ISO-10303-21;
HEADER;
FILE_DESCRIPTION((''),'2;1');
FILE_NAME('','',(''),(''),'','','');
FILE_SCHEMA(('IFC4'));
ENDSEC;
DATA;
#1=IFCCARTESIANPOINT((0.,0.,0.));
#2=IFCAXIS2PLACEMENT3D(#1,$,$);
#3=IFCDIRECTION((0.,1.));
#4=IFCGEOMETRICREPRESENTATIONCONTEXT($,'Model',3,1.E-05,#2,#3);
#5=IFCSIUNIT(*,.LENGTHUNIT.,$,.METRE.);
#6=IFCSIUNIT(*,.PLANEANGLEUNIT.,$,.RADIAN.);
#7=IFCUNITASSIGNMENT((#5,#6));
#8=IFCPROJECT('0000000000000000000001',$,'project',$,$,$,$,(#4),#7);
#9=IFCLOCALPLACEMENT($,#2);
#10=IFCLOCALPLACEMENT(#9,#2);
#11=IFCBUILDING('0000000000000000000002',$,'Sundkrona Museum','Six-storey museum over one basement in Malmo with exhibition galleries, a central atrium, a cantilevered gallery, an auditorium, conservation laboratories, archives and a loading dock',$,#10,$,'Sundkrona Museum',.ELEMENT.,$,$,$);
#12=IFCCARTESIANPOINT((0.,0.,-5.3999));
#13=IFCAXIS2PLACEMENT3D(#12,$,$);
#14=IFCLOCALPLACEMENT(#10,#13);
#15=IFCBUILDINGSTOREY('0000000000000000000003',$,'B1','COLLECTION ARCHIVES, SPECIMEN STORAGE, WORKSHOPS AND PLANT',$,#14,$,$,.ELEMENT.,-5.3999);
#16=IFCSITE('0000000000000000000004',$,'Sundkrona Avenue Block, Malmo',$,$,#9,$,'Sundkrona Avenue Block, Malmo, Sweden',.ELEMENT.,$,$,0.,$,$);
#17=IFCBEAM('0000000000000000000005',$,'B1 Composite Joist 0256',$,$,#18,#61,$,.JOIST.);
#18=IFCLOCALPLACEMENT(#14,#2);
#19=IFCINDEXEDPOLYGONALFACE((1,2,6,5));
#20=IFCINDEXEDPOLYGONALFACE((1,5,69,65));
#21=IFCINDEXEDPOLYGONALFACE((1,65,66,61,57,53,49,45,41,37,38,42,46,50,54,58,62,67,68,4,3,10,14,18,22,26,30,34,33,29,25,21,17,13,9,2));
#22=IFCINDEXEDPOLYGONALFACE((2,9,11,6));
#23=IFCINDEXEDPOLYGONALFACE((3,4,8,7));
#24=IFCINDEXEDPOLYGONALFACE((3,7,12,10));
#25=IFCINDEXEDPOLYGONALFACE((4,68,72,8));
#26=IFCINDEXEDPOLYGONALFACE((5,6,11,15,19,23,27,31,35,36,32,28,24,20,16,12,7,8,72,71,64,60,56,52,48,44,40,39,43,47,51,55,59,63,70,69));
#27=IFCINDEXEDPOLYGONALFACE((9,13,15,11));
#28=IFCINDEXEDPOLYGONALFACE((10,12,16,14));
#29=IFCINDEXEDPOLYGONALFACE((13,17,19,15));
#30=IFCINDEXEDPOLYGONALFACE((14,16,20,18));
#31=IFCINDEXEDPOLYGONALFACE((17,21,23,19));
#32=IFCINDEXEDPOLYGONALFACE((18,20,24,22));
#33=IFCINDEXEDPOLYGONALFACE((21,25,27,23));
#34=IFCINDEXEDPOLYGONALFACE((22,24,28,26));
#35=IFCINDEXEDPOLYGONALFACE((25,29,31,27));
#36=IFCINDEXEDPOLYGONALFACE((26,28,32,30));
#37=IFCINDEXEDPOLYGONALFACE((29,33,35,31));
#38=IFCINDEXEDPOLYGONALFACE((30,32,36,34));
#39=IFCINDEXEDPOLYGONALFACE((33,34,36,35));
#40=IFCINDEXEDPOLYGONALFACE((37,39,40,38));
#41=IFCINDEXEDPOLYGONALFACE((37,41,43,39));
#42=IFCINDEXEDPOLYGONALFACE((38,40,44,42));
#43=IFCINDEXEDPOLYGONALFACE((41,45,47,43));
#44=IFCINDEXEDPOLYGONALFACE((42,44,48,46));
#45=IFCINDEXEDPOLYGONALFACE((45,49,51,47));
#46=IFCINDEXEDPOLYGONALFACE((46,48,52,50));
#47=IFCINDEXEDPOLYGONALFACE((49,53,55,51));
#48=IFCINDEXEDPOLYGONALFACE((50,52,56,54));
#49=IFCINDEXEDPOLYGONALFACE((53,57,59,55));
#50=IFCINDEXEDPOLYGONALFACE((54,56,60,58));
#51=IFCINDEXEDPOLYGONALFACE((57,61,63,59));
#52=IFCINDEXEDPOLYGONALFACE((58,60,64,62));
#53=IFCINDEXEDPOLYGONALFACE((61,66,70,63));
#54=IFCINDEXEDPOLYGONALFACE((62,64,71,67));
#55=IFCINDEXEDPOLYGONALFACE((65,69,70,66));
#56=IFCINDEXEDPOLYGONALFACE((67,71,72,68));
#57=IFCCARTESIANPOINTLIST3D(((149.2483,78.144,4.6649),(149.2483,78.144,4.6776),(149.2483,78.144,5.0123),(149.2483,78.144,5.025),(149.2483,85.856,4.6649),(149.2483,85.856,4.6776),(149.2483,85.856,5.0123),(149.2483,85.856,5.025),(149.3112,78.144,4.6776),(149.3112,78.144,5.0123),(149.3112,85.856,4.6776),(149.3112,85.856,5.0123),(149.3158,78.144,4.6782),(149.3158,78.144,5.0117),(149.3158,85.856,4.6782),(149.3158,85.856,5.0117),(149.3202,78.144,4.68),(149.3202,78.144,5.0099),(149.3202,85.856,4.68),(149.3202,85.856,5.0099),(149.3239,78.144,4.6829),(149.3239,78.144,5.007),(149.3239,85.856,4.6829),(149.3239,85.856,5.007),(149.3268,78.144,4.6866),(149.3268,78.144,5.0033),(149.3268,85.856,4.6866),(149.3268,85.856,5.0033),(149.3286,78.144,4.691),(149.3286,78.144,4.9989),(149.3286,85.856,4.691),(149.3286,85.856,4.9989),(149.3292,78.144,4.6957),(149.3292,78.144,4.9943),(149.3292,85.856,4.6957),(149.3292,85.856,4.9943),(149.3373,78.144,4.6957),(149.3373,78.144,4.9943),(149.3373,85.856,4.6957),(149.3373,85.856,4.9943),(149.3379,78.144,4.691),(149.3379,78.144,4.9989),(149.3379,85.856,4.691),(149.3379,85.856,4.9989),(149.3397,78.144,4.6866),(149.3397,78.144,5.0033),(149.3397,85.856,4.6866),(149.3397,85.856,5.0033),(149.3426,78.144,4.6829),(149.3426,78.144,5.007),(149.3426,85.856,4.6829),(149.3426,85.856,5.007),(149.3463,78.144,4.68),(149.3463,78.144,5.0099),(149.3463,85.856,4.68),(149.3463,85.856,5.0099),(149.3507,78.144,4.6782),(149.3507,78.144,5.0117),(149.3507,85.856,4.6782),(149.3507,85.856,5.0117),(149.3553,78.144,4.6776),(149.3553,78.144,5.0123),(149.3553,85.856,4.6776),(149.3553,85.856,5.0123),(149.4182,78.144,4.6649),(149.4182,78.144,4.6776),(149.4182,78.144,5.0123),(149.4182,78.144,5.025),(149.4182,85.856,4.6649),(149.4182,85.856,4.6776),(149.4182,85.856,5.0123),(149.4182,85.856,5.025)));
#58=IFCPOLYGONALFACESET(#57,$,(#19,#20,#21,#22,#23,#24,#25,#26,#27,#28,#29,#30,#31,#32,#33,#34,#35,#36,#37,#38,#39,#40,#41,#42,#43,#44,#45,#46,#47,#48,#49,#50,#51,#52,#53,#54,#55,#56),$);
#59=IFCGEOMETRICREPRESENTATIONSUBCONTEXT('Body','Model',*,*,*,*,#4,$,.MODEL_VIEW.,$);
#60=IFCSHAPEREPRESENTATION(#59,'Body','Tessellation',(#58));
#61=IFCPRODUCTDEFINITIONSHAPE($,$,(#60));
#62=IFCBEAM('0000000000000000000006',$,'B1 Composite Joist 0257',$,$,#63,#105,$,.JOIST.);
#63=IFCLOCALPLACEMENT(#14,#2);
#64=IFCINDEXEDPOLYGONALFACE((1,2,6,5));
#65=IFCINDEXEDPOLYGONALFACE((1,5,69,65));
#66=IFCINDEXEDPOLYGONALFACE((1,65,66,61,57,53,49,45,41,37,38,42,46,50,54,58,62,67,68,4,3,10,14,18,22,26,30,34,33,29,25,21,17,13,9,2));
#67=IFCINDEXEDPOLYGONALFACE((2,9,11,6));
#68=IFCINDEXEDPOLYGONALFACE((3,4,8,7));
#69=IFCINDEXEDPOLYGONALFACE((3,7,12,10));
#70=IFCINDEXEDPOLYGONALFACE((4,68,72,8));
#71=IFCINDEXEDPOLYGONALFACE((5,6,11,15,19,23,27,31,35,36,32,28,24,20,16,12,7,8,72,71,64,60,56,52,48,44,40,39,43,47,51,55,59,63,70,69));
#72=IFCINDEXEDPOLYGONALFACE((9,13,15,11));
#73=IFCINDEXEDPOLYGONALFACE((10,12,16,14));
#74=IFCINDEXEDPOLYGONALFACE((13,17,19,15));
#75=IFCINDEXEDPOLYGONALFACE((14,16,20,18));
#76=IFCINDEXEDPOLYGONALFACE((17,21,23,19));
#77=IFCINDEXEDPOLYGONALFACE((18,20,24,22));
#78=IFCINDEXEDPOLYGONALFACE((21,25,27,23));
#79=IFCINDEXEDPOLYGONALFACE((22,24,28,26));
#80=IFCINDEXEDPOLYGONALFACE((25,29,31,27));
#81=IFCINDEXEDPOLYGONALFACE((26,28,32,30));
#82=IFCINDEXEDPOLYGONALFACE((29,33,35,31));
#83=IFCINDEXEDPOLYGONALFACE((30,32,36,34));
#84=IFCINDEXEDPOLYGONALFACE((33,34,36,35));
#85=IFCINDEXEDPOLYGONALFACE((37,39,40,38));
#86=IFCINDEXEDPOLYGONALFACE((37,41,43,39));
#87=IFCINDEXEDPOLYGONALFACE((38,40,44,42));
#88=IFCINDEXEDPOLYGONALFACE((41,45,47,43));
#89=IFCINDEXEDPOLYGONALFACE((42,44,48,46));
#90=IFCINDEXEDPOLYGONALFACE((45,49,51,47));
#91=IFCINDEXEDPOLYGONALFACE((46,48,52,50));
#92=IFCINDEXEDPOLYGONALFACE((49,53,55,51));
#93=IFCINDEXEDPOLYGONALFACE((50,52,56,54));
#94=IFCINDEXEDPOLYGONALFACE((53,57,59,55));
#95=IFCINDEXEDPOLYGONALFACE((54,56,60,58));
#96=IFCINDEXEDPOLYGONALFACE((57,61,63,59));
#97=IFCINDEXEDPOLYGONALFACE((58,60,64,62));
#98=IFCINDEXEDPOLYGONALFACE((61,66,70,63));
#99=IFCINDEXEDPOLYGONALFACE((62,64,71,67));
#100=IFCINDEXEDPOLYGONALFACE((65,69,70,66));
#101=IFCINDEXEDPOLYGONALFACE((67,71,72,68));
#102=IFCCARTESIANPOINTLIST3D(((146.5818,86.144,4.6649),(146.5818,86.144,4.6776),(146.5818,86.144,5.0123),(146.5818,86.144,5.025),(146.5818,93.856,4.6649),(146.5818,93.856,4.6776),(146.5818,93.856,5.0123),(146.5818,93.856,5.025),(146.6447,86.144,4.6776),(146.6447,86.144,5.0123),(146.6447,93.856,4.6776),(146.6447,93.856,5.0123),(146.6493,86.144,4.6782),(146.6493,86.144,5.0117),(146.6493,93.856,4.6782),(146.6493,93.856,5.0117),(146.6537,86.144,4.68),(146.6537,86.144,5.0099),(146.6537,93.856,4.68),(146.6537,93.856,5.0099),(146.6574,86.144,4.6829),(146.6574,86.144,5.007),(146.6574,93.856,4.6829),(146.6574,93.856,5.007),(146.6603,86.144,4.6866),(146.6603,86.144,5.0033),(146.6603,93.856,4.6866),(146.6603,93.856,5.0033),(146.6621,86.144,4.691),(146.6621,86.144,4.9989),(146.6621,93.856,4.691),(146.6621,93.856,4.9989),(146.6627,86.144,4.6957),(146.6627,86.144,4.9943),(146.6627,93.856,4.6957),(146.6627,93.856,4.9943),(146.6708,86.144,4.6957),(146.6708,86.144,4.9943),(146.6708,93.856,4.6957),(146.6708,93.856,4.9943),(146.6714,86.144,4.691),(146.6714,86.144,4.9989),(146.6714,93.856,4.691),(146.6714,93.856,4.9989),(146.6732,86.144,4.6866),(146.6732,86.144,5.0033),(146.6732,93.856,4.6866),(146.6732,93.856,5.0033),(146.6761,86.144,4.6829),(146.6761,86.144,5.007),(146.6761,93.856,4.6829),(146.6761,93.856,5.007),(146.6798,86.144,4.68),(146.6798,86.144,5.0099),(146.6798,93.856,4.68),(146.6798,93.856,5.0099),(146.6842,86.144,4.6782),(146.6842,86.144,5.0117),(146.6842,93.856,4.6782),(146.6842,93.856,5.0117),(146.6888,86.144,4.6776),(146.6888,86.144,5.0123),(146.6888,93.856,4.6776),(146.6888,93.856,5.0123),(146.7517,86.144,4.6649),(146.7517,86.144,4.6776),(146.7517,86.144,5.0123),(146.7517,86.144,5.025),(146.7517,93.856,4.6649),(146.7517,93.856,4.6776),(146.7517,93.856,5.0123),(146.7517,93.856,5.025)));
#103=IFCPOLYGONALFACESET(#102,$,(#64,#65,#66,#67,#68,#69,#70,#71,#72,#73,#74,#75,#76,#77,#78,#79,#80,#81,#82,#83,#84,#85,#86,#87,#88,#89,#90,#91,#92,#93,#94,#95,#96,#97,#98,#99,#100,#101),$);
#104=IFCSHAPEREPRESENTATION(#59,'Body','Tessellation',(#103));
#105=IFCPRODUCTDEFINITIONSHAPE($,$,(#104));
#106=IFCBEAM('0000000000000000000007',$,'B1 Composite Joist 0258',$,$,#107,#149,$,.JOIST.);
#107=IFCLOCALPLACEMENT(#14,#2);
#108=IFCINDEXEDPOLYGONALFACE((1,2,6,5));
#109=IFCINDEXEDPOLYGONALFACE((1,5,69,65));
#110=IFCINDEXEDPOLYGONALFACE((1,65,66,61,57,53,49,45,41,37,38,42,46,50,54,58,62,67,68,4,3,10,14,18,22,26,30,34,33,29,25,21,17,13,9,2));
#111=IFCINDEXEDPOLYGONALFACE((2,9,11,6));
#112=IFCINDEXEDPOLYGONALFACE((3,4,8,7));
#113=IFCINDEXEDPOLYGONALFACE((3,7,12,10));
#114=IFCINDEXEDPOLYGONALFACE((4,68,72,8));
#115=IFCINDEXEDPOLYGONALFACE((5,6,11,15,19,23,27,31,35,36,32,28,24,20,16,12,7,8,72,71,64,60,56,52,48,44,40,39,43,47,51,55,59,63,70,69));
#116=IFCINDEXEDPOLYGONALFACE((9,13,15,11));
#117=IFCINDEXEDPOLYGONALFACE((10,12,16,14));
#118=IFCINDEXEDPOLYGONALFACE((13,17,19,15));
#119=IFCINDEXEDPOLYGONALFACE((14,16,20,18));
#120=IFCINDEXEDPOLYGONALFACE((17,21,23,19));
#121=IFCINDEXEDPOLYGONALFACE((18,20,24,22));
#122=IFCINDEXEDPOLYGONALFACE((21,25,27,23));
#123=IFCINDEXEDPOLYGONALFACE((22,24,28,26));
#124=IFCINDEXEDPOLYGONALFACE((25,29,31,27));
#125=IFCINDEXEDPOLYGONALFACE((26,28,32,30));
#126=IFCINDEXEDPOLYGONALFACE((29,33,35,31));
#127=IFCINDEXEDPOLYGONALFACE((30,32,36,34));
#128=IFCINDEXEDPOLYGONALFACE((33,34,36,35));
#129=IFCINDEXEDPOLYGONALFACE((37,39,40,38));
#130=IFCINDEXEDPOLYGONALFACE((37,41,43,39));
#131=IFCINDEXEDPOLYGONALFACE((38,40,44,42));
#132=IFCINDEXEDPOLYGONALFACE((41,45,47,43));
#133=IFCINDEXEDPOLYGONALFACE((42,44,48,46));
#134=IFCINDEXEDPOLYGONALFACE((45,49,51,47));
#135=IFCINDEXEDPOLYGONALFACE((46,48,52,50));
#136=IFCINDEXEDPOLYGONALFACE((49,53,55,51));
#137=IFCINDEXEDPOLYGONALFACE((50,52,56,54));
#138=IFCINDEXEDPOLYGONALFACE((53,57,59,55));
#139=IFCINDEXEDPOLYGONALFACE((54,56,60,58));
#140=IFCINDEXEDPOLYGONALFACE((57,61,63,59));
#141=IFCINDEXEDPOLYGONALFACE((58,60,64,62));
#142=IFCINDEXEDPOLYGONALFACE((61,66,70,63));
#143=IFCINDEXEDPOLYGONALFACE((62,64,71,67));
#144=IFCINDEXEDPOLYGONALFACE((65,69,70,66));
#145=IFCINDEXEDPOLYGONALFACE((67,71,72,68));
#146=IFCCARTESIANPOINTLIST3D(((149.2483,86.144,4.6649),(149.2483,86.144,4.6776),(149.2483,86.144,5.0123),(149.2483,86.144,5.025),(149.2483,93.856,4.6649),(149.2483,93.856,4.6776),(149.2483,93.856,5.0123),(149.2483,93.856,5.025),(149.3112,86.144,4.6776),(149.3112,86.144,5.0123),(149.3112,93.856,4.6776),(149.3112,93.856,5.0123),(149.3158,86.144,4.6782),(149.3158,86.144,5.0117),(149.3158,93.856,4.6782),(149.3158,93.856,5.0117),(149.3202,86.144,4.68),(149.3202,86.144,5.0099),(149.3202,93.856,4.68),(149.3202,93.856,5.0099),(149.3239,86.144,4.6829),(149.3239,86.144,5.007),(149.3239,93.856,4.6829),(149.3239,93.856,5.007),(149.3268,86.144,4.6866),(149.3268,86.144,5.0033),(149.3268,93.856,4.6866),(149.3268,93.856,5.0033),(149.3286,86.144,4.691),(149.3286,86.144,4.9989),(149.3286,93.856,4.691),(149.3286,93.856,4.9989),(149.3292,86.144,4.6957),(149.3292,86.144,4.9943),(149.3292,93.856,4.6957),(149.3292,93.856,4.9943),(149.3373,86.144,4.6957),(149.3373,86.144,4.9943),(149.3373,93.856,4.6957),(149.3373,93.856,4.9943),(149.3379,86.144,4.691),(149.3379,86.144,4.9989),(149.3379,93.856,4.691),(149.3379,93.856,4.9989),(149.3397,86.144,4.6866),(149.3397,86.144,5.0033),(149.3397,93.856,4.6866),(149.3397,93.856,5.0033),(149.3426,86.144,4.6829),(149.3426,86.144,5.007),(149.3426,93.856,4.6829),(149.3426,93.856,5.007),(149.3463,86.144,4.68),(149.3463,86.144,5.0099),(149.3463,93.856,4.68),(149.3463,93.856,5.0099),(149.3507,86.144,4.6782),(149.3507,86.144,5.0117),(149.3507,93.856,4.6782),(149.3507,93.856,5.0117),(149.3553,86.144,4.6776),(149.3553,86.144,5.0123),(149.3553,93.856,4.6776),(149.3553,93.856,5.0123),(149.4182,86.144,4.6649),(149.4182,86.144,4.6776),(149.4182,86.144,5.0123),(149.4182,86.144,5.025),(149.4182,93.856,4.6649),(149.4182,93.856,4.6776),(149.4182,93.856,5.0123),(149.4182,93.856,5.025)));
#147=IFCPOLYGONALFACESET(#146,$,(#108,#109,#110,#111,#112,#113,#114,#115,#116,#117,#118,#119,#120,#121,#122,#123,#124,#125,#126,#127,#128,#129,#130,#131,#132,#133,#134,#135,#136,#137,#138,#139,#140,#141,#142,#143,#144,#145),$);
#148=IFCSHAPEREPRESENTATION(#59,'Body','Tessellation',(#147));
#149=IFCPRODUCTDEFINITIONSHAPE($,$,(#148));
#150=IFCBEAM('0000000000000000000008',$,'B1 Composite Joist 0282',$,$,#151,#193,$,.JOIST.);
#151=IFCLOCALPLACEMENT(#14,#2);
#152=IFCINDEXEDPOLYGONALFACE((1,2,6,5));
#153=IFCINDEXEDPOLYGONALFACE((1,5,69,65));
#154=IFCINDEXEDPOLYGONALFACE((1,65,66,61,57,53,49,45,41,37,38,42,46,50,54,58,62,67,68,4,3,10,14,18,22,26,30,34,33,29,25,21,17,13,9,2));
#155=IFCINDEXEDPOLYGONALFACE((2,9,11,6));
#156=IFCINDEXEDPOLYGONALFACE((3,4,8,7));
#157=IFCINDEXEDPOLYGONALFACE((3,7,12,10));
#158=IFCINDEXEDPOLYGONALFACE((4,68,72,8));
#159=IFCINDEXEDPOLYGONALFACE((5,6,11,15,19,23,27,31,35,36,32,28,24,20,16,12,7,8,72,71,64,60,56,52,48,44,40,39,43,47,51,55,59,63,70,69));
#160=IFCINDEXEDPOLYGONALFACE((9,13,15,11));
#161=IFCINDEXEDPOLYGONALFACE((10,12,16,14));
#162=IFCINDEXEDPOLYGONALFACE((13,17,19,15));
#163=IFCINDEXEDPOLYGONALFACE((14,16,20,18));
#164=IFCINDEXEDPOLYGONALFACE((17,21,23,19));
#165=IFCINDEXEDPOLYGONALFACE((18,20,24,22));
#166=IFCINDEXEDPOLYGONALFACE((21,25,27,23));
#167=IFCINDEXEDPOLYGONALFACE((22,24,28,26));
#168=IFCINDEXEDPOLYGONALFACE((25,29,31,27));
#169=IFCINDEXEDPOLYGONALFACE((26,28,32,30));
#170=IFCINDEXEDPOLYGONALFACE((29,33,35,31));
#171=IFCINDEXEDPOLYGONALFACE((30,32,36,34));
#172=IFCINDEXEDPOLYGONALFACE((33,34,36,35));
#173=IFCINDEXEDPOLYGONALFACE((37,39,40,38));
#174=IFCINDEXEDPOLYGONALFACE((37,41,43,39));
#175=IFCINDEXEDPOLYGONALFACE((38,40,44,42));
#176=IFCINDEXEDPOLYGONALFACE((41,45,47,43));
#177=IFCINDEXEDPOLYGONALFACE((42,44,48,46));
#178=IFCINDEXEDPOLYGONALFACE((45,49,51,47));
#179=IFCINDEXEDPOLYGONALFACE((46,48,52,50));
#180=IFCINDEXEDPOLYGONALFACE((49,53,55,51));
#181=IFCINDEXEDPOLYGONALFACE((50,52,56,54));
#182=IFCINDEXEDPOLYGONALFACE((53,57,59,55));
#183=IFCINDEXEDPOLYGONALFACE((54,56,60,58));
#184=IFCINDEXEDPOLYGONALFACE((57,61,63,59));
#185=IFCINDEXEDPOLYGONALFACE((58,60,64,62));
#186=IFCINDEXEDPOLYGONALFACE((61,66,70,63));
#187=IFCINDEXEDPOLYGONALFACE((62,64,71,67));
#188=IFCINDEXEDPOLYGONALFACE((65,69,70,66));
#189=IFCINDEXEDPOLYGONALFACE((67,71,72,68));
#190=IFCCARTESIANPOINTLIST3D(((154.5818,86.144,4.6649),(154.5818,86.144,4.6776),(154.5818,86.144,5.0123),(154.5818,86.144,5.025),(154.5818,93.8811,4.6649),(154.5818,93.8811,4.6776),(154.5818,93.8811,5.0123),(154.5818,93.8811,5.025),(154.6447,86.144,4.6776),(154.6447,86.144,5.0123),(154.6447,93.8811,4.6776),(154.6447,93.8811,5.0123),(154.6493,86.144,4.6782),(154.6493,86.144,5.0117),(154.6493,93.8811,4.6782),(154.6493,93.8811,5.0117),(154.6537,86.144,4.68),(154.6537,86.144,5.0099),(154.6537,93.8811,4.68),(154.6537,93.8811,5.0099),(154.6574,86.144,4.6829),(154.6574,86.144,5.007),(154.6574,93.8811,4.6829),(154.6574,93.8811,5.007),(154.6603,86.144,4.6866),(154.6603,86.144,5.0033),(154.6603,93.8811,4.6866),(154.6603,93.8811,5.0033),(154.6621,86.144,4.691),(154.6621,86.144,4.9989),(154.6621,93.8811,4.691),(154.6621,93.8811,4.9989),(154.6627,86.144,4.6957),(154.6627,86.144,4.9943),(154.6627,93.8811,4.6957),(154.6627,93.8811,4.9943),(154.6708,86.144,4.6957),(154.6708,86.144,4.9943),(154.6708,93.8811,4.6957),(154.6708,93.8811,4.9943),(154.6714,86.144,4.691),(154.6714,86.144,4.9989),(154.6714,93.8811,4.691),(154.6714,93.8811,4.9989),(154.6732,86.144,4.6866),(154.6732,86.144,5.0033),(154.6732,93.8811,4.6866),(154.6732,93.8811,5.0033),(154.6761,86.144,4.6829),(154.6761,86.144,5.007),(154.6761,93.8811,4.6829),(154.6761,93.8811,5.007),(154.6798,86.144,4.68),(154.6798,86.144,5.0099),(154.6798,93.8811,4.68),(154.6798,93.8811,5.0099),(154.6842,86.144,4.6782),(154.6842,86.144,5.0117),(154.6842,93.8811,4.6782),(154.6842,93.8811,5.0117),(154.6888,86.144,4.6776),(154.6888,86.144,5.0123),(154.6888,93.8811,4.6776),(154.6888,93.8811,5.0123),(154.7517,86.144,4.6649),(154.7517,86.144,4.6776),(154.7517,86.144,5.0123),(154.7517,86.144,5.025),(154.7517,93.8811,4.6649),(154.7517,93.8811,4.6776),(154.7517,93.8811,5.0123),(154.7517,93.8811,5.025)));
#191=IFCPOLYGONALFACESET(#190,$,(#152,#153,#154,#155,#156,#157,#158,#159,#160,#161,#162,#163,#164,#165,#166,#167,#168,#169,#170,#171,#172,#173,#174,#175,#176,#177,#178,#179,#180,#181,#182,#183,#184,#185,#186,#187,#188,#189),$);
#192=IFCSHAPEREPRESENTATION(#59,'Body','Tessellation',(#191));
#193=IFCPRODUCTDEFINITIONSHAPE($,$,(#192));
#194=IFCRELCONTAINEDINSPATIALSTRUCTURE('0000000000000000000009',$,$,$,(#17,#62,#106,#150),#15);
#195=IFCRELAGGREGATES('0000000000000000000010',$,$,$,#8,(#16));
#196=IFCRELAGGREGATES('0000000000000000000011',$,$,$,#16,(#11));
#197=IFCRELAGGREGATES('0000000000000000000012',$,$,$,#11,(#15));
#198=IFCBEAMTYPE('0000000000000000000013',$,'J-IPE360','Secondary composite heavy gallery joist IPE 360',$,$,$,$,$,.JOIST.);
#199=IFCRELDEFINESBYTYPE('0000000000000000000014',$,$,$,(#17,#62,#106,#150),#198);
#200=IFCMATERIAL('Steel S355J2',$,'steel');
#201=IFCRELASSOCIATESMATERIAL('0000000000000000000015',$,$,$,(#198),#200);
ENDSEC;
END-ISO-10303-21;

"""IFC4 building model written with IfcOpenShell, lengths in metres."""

from ifc_helpers import new_model, si_unit, direction, frame, origin, origin_2d, place, context, subcontext, project, spatial, i_section, extrude, material, material_profile, profile_set, type_object, element, save


model = new_model("IFC4")

# Units and contexts
model_context = context("Model", 3, precision=1e-05, world=origin(), true_north=direction((0.0, 1.0)))
body_context = subcontext(model_context, "Body", "Model", "MODEL_VIEW")
ifc_project = project(units=[si_unit("LENGTHUNIT", "METRE"), si_unit("PLANEANGLEUNIT", "RADIAN")], contexts=[model_context])

# Site, building, storey
site_placement = place(None, origin())
site = spatial("IfcSite", under=ifc_project, at=site_placement, Name="Sundkrona Avenue Block, Malmo", LongName="Sundkrona Avenue Block, Malmo, Sweden", CompositionType="ELEMENT", RefElevation=0.0)
building_placement = place(site_placement, origin())
building = spatial("IfcBuilding", under=site, at=building_placement, Name="Sundkrona Museum", Description="Six-storey museum over one basement in Malmo with exhibition galleries, a central atrium, a cantilevered gallery, an auditorium, conservation laboratories, archives and a loading dock", LongName="Sundkrona Museum", CompositionType="ELEMENT")
storey_placement = place(building_placement, frame((0.0, 0.0, -5.3999)))
storey = spatial("IfcBuildingStorey", under=building, at=storey_placement, Name="B1", Description="COLLECTION ARCHIVES, SPECIMEN STORAGE, WORKSHOPS AND PLANT", CompositionType="ELEMENT", Elevation=-5.3999)

# Beams
ifc_material_1 = material(Name="Steel S355J2", Category="steel")
ifc_material_profile_1 = material_profile(ifc_material_1, i_section(OverallWidth=0.1699, OverallDepth=0.3601, WebThickness=0.0081, FlangeThickness=0.0127, FilletRadius=0.0181, at=origin_2d()), Name="IPE 360")
ifc_profile_set_1 = profile_set([ifc_material_profile_1], Name="Steel S355J2")
beam_type_1 = type_object("IfcBeamType", Name="J-IPE360", Description="Secondary composite heavy gallery joist IPE 360", PredefinedType="JOIST", material=ifc_profile_set_1)
for number, where, z_axis, x_axis, name in (
    (1, (149.3333, 78.144, 4.845), (0.0, 1.0, 0.0), (-1.0, 0.0, 0.0), "B1 Composite Joist 0256"),
    (2, (146.6667, 86.144, 4.845), (0.0, 1.0, 0.0), (-1.0, 0.0, 0.0), "B1 Composite Joist 0257"),
    (3, (149.3333, 86.144, 4.845), (0.0, 1.0, 0.0), (-1.0, 0.0, 0.0), "B1 Composite Joist 0258"),
):
    element("IfcBeam", number, at=place(storey_placement, frame(where, z_axis=z_axis, x_axis=x_axis)), inside=storey, type_object=beam_type_1, Name=name, PredefinedType="JOIST", context=body_context, shape_type="SweptSolid", body=[
        extrude(i_section(OverallWidth=0.1699, OverallDepth=0.3601, WebThickness=0.0081, FlangeThickness=0.0127, FilletRadius=0.0181, at=origin_2d()), origin(), (0.0, 0.0, 1.0), 7.7119),
    ])
beam_1_placement = place(storey_placement, frame((154.6667, 86.144, 4.845), z_axis=(0.0, 1.0, 0.0), x_axis=(-1.0, 0.0, 0.0)))
element("IfcBeam", 4, at=beam_1_placement, inside=storey, type_object=beam_type_1, Name="B1 Composite Joist 0282", PredefinedType="JOIST", context=body_context, shape_type="SweptSolid", body=[
    extrude(i_section(OverallWidth=0.1699, OverallDepth=0.3601, WebThickness=0.0081, FlangeThickness=0.0127, FilletRadius=0.0181, at=origin_2d()), origin(), (0.0, 0.0, 1.0), 7.7371),
])

save(model, "model.ifc")
